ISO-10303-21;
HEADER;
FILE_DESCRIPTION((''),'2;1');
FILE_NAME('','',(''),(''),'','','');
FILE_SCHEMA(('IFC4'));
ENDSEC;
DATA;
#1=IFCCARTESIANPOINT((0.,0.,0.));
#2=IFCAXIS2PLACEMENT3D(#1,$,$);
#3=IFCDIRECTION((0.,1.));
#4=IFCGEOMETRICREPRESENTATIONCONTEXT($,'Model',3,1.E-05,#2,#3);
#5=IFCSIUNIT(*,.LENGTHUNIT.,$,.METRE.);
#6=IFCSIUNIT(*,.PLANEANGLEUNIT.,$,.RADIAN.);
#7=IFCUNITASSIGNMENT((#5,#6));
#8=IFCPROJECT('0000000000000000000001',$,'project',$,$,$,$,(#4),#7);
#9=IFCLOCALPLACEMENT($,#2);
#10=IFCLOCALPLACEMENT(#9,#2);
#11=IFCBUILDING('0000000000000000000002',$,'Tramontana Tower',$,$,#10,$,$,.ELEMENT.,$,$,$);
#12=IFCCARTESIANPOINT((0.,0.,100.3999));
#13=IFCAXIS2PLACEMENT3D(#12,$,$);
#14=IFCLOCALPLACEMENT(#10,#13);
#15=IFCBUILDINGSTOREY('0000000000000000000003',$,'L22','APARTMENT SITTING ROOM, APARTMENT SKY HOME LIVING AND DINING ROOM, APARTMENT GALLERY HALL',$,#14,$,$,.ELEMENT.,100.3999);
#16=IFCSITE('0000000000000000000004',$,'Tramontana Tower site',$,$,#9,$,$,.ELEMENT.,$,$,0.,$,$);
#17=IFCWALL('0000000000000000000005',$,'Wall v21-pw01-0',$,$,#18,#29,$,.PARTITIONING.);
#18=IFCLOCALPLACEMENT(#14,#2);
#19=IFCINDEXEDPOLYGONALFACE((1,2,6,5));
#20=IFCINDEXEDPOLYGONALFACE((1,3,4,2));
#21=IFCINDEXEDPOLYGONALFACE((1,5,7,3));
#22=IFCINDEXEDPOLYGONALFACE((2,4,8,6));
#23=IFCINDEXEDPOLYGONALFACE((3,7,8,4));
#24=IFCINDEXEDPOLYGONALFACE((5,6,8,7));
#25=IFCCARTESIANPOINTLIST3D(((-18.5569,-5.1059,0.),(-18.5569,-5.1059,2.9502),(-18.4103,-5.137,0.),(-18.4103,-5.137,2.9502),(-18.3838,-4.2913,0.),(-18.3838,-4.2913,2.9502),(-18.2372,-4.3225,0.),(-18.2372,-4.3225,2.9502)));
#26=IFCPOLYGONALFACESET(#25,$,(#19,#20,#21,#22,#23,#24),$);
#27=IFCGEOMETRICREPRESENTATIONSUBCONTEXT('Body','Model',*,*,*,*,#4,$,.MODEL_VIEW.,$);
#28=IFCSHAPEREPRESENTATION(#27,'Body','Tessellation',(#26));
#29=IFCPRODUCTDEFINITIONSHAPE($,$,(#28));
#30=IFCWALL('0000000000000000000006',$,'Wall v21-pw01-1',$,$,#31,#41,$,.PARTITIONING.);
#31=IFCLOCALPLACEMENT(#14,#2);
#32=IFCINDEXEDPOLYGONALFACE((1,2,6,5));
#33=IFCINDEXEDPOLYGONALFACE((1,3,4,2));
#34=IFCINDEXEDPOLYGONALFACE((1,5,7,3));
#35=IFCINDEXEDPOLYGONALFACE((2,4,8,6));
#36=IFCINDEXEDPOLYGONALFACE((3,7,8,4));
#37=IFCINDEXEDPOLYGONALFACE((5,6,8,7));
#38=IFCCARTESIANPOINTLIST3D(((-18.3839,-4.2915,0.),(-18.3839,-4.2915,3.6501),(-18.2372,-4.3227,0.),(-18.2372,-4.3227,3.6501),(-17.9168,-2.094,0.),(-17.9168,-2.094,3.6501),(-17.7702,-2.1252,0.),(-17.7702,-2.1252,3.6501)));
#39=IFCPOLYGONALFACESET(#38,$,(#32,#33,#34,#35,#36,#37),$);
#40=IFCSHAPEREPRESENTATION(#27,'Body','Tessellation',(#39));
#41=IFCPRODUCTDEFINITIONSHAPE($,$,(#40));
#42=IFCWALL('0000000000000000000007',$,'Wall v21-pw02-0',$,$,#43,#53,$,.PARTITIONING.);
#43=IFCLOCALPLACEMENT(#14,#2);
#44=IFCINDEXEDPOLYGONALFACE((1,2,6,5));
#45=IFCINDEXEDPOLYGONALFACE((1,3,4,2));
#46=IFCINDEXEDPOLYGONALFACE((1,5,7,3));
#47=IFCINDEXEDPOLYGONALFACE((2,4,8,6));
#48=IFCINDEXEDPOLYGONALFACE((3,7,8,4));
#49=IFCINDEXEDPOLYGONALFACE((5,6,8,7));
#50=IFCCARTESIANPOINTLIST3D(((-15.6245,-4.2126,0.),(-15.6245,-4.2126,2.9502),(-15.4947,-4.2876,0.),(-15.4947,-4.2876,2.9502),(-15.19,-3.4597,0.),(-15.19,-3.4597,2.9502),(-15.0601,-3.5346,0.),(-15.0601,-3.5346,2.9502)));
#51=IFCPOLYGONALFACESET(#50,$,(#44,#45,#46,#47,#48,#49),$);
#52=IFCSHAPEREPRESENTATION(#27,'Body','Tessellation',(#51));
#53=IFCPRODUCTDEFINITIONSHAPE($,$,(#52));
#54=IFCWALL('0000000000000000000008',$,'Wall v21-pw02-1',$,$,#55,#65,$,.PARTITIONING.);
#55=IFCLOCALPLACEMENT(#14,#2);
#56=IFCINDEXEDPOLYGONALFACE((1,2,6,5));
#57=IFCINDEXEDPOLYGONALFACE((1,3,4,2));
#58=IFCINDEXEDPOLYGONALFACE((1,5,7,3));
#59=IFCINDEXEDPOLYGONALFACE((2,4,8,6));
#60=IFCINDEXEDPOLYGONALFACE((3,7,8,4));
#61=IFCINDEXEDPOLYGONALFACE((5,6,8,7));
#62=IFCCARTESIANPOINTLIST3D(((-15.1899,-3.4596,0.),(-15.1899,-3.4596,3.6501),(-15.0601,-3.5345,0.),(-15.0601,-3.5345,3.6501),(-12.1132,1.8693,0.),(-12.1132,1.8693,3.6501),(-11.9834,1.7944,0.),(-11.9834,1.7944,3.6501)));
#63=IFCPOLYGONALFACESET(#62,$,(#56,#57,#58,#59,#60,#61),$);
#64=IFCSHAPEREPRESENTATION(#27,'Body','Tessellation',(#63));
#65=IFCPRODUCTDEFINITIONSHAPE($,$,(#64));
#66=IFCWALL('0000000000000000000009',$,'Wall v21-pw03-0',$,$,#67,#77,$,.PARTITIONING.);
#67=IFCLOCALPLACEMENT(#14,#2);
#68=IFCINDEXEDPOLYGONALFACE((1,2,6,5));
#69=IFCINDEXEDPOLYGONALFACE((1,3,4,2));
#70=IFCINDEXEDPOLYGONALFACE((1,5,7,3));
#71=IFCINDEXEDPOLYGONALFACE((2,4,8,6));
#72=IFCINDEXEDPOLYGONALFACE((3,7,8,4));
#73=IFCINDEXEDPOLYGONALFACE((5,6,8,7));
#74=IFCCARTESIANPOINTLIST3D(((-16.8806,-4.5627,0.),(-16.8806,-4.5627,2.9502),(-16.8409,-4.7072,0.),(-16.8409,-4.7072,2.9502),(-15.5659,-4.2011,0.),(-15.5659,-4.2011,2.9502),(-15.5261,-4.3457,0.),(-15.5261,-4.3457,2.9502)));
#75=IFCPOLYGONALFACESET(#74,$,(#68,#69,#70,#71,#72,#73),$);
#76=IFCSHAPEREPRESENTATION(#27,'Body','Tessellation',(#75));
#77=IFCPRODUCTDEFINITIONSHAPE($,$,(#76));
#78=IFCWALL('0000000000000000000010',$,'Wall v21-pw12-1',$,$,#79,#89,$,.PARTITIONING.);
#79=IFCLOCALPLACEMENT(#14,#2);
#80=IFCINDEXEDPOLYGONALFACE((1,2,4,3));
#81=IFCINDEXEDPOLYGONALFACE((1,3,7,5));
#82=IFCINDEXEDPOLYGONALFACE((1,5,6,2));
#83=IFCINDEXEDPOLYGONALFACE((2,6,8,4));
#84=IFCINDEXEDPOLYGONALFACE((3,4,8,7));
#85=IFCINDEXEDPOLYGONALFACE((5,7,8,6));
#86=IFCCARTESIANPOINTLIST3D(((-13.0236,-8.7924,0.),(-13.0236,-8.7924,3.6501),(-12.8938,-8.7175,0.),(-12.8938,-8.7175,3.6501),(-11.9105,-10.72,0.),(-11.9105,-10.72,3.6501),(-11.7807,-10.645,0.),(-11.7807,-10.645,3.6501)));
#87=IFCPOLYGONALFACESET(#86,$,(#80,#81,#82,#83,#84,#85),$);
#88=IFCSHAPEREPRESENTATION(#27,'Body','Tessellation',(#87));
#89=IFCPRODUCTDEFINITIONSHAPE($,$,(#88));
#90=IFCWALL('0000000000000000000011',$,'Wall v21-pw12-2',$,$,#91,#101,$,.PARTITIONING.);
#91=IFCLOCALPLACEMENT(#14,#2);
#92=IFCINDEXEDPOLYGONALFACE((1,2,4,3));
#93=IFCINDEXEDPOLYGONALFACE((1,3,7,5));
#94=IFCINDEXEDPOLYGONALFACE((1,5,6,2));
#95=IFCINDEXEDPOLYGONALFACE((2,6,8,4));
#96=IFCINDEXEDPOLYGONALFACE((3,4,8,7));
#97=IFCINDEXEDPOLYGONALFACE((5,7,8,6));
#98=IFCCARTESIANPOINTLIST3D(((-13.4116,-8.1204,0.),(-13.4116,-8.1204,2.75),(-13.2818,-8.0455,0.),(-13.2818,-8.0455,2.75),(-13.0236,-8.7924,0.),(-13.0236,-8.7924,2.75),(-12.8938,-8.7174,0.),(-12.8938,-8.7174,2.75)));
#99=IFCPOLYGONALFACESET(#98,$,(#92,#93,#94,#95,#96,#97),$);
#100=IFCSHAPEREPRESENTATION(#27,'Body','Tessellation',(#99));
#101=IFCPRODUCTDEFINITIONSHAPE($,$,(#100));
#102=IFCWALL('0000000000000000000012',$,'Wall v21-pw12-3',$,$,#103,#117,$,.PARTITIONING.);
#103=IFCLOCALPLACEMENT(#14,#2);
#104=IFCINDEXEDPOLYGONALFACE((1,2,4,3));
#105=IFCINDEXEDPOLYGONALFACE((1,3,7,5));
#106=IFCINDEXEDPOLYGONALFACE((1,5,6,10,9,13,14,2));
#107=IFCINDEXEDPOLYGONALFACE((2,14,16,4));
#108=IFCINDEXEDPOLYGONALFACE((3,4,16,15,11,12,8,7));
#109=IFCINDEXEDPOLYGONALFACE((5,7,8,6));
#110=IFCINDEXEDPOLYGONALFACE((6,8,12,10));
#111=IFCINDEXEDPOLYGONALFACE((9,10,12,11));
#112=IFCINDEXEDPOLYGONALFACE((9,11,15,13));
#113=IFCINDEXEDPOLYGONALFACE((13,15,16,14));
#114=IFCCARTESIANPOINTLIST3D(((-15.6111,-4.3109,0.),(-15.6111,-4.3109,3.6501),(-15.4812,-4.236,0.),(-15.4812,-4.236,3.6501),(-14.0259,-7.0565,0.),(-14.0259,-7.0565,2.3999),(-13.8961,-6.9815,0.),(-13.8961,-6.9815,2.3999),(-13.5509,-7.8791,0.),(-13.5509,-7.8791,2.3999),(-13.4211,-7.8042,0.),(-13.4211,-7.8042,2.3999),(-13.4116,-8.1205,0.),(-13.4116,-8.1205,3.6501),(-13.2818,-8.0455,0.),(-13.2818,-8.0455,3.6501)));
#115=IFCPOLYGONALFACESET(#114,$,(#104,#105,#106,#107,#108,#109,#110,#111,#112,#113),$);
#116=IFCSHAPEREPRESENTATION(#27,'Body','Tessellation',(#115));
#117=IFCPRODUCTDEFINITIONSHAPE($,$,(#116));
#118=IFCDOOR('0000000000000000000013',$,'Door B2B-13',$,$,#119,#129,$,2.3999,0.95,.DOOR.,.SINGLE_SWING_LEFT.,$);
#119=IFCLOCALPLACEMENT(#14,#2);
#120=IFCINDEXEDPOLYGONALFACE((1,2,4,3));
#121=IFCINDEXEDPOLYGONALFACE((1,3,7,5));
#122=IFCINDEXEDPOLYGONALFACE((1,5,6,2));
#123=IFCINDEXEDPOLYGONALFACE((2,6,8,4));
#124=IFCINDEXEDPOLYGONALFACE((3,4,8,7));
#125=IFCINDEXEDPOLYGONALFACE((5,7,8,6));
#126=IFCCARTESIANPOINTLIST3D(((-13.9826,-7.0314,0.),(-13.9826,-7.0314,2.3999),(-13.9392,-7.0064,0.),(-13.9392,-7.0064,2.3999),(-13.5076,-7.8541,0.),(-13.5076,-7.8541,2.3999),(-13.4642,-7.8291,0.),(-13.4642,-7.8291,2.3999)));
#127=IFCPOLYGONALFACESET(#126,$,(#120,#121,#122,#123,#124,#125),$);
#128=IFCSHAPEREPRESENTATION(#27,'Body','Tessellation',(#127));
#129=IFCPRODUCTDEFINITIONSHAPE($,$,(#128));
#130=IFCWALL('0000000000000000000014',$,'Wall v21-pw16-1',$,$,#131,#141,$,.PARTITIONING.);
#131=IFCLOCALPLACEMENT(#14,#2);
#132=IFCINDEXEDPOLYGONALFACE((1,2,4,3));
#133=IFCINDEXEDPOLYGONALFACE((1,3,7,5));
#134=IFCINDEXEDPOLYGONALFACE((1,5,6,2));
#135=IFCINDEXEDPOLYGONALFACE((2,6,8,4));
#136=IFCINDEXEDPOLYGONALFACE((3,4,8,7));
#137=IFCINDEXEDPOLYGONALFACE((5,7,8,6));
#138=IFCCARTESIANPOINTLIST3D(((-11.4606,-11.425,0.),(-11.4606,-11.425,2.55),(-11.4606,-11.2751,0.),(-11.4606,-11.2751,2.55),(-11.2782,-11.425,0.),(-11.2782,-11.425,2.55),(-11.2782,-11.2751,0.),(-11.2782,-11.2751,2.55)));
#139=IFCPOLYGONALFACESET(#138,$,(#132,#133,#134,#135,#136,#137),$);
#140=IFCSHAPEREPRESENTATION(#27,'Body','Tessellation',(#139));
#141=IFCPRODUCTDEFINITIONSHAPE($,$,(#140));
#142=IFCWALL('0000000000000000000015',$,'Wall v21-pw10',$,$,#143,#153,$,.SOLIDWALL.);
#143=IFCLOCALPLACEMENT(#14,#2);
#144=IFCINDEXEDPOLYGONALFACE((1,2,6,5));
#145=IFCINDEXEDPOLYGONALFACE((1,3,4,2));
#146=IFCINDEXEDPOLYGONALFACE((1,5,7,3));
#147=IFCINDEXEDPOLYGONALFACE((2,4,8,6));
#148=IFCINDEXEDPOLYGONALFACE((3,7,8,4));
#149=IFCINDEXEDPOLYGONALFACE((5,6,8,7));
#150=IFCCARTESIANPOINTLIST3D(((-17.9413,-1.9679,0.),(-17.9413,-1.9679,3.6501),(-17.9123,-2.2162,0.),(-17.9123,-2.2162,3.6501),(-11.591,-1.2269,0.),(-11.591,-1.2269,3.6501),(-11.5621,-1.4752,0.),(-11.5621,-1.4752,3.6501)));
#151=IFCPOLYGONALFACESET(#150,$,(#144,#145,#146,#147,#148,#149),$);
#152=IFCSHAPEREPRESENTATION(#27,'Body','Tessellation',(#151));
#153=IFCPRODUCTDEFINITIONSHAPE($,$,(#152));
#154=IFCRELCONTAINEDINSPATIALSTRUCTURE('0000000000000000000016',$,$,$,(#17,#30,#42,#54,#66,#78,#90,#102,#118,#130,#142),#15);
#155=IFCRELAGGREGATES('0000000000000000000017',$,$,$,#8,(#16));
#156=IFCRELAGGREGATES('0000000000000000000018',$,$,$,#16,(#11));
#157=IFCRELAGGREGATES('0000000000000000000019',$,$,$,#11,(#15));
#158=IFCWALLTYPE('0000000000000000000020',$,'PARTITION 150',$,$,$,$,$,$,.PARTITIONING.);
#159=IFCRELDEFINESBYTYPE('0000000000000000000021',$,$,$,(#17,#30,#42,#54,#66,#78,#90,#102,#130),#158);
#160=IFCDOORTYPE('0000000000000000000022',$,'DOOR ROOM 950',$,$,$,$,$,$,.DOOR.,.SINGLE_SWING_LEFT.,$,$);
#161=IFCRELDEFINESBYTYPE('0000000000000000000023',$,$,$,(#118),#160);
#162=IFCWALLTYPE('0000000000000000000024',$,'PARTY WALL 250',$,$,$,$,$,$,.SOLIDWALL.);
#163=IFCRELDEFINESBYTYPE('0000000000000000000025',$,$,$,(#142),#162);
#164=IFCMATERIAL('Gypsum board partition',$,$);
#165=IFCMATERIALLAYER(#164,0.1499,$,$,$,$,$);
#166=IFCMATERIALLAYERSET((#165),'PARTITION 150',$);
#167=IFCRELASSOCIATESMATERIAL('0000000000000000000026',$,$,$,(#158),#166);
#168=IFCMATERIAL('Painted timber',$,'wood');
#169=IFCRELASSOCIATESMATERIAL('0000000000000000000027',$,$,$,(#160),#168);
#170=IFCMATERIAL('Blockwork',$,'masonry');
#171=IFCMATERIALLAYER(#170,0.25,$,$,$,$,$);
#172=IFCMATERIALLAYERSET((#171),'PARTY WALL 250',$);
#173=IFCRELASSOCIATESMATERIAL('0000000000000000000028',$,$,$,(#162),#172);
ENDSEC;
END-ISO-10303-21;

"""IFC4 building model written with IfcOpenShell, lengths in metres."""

from ifc_helpers import new_model, si_unit, direction, frame, frame_2d, origin, place, context, subcontext, project, spatial, rectangle, extrude, material, layer, layer_set, type_object, element, fill, save


model = new_model("IFC4")

# Units and contexts
model_context = context("Model", 3, precision=1e-05, world=origin(), true_north=direction((0.0, 1.0)))
body_context = subcontext(model_context, "Body", "Model", "MODEL_VIEW")
ifc_project = project(units=[si_unit("LENGTHUNIT", "METRE"), si_unit("PLANEANGLEUNIT", "RADIAN")], contexts=[model_context])

# Site, building, storey
site_placement = place(None, origin())
site = spatial("IfcSite", under=ifc_project, at=site_placement, Name="Tramontana Tower site", CompositionType="ELEMENT", RefElevation=0.0)
building_placement = place(site_placement, origin())
building = spatial("IfcBuilding", under=site, at=building_placement, Name="Tramontana Tower", CompositionType="ELEMENT")
storey_placement = place(building_placement, frame((0.0, 0.0, 100.3999)))
storey = spatial("IfcBuildingStorey", under=building, at=storey_placement, Name="L22", Description="APARTMENT SITTING ROOM, APARTMENT SKY HOME LIVING AND DINING ROOM, APARTMENT GALLERY HALL", CompositionType="ELEMENT", Elevation=100.3999)

# Walls
ifc_material_1 = material(Name="Gypsum board partition")
ifc_layer_1 = layer(ifc_material_1, 0.1499)
ifc_layer_set_1 = layer_set([ifc_layer_1], Name="PARTITION 150")
wall_type_1 = type_object("IfcWallType", Name="PARTITION 150", PredefinedType="PARTITIONING", material=ifc_layer_set_1)
wall_1_placement = place(storey_placement, frame((-18.4836, -5.1216, 0.0), z_axis=(0.0, 0.0, 1.0), x_axis=(0.207887, 0.978153, 0.0)))
element("IfcWall", 1, at=wall_1_placement, inside=storey, type_object=wall_type_1, Name="Wall v21-pw01-0", PredefinedType="PARTITIONING", context=body_context, shape_type="SweptSolid", body=[
    extrude(rectangle(XDim=0.8328, YDim=0.1499, at=frame_2d((0.4165, 0.0))), origin(), (0.0, 0.0, 1.0), 2.9502),
])
wall_2_placement = place(storey_placement, frame((-18.3105, -4.3071, 0.0), z_axis=(0.0, 0.0, 1.0), x_axis=(0.207889, 0.978152, 0.0)))
element("IfcWall", 2, at=wall_2_placement, inside=storey, type_object=wall_type_1, Name="Wall v21-pw01-1", PredefinedType="PARTITIONING", context=body_context, shape_type="SweptSolid", body=[
    extrude(rectangle(XDim=2.2466, YDim=0.1499, at=frame_2d((1.1233, 0.0))), origin(), (0.0, 0.0, 1.0), 3.6501),
])
wall_3_placement = place(storey_placement, frame((-15.5596, -4.25, 0.0), z_axis=(0.0, 0.0, 1.0), x_axis=(0.499885, 0.866092, 0.0)))
element("IfcWall", 3, at=wall_3_placement, inside=storey, type_object=wall_type_1, Name="Wall v21-pw02-0", PredefinedType="PARTITIONING", context=body_context, shape_type="SweptSolid", body=[
    extrude(rectangle(XDim=0.8694, YDim=0.1499, at=frame_2d((0.4346, 0.0))), origin(), (0.0, 0.0, 1.0), 2.9502),
])
wall_4_placement = place(storey_placement, frame((-15.125, -3.4971, 0.0), z_axis=(0.0, 0.0, 1.0), x_axis=(0.500005, 0.866022, 0.0)))
element("IfcWall", 4, at=wall_4_placement, inside=storey, type_object=wall_type_1, Name="Wall v21-pw02-1", PredefinedType="PARTITIONING", context=body_context, shape_type="SweptSolid", body=[
    extrude(rectangle(XDim=6.1533, YDim=0.1499, at=frame_2d((3.0767, 0.0))), origin(), (0.0, 0.0, 1.0), 3.6501),
])
wall_5_placement = place(storey_placement, frame((-15.5461, -4.2734, 0.0), z_axis=(0.0, 0.0, 1.0), x_axis=(-0.9642, -0.265177, 0.0)))
element("IfcWall", 5, at=wall_5_placement, inside=storey, type_object=wall_type_1, Name="Wall v21-pw03-0", PredefinedType="PARTITIONING", context=body_context, shape_type="SweptSolid", body=[
    extrude(rectangle(XDim=1.3635, YDim=0.1499, at=frame_2d((0.6816, 0.0))), origin(), (0.0, 0.0, 1.0), 2.9502),
])

# Walls
wall_6_placement = place(storey_placement, frame((-11.8457, -10.6824, 0.0), z_axis=(0.0, 0.0, 1.0), x_axis=(-0.500067, 0.865986, 0.0)))
element("IfcWall", 6, at=wall_6_placement, inside=storey, type_object=wall_type_1, Name="Wall v21-pw12-1", PredefinedType="PARTITIONING", context=body_context, shape_type="SweptSolid", body=[
    extrude(rectangle(XDim=2.2258, YDim=0.1499, at=frame_2d((1.1128, 0.0))), origin(), (0.0, 0.0, 1.0), 3.6501),
])
wall_7_placement = place(storey_placement, frame((-12.9587, -8.7549, 0.0), z_axis=(0.0, 0.0, 1.0), x_axis=(-0.500031, 0.866007, 0.0)))
element("IfcWall", 7, at=wall_7_placement, inside=storey, type_object=wall_type_1, Name="Wall v21-pw12-2", PredefinedType="PARTITIONING", context=body_context, shape_type="SweptSolid", body=[
    extrude(rectangle(XDim=0.7759, YDim=0.1499, at=frame_2d((0.3879, 0.0))), origin(), (0.0, 0.0, 1.0), 2.75),
])

# Wall, opening, door
wall_8_placement = place(storey_placement, frame((-13.3467, -8.083, 0.0), z_axis=(0.0, 0.0, 1.0), x_axis=(-0.500001, 0.866025, 0.0)))
wall_8 = element("IfcWall", 8, at=wall_8_placement, inside=storey, type_object=wall_type_1, Name="Wall v21-pw12-3", PredefinedType="PARTITIONING", context=body_context, shape_type="SweptSolid", body=[
    extrude(rectangle(XDim=4.3989, YDim=0.1499, at=frame_2d((2.1995, 0.0))), origin(), (0.0, 0.0, 1.0), 3.6501),
])
opening_1_placement = place(wall_8_placement, frame((0.2786, 0.0, 0.0)))
opening_1 = element("IfcOpeningElement", 9, at=opening_1_placement, cuts=wall_8, PredefinedType="OPENING", context=body_context, shape_type="SweptSolid", body=[
    extrude(rectangle(XDim=0.95, YDim=2.3999, at=frame_2d((0.4751, 1.2))), frame((0.0, 0.085, 0.0), z_axis=(0.0, -1.0, 0.0), x_axis=(1.0, 0.0, 0.0)), (0.0, 0.0, 1.0), 0.1699),
])
ifc_material_2 = material(Name="Painted timber", Category="wood")
door_type_1 = type_object("IfcDoorType", Name="DOOR ROOM 950", OperationType="SINGLE_SWING_LEFT", PredefinedType="DOOR", material=ifc_material_2)
door_1_placement = place(opening_1_placement, origin())
door_1 = element("IfcDoor", 10, at=door_1_placement, inside=storey, type_object=door_type_1, Name="Door B2B-13", OperationType="SINGLE_SWING_LEFT", OverallHeight=2.3999, OverallWidth=0.95, PredefinedType="DOOR", context=body_context, shape_type="SweptSolid", body=[
    extrude(rectangle(XDim=0.95, YDim=2.3999, at=frame_2d((0.4751, 1.2))), frame((0.0, 0.0249, 0.0), z_axis=(0.0, -1.0, 0.0), x_axis=(1.0, 0.0, 0.0)), (0.0, 0.0, 1.0), 0.05),
])
fill(opening_1, door_1)

# Walls
wall_9_placement = place(storey_placement, frame((-11.2781, -11.3501, 0.0), z_axis=(0.0, 0.0, 1.0), x_axis=(-1.0, 0.0, 0.0)))
element("IfcWall", 11, at=wall_9_placement, inside=storey, type_object=wall_type_1, Name="Wall v21-pw16-1", PredefinedType="PARTITIONING", context=body_context, shape_type="SweptSolid", body=[
    extrude(rectangle(XDim=0.1824, YDim=0.1499, at=frame_2d((0.0913, 0.0))), origin(), (0.0, 0.0, 1.0), 2.55),
])
ifc_material_3 = material(Name="Blockwork", Category="masonry")
ifc_layer_2 = layer(ifc_material_3, 0.25)
ifc_layer_set_2 = layer_set([ifc_layer_2], Name="PARTY WALL 250")
wall_type_2 = type_object("IfcWallType", Name="PARTY WALL 250", PredefinedType="SOLIDWALL", material=ifc_layer_set_2)
wall_10_placement = place(storey_placement, frame((-11.5764, -1.3511, 0.0), z_axis=(0.0, 0.0, 1.0), x_axis=(-0.993261, -0.115895, 0.0)))
element("IfcWall", 12, at=wall_10_placement, inside=storey, type_object=wall_type_2, Name="Wall v21-pw10", PredefinedType="SOLIDWALL", context=body_context, shape_type="SweptSolid", body=[
    extrude(rectangle(XDim=6.3933, YDim=0.25, at=frame_2d((3.1968, 0.0))), origin(), (0.0, 0.0, 1.0), 3.6501),
])

save(model, "model.ifc")
